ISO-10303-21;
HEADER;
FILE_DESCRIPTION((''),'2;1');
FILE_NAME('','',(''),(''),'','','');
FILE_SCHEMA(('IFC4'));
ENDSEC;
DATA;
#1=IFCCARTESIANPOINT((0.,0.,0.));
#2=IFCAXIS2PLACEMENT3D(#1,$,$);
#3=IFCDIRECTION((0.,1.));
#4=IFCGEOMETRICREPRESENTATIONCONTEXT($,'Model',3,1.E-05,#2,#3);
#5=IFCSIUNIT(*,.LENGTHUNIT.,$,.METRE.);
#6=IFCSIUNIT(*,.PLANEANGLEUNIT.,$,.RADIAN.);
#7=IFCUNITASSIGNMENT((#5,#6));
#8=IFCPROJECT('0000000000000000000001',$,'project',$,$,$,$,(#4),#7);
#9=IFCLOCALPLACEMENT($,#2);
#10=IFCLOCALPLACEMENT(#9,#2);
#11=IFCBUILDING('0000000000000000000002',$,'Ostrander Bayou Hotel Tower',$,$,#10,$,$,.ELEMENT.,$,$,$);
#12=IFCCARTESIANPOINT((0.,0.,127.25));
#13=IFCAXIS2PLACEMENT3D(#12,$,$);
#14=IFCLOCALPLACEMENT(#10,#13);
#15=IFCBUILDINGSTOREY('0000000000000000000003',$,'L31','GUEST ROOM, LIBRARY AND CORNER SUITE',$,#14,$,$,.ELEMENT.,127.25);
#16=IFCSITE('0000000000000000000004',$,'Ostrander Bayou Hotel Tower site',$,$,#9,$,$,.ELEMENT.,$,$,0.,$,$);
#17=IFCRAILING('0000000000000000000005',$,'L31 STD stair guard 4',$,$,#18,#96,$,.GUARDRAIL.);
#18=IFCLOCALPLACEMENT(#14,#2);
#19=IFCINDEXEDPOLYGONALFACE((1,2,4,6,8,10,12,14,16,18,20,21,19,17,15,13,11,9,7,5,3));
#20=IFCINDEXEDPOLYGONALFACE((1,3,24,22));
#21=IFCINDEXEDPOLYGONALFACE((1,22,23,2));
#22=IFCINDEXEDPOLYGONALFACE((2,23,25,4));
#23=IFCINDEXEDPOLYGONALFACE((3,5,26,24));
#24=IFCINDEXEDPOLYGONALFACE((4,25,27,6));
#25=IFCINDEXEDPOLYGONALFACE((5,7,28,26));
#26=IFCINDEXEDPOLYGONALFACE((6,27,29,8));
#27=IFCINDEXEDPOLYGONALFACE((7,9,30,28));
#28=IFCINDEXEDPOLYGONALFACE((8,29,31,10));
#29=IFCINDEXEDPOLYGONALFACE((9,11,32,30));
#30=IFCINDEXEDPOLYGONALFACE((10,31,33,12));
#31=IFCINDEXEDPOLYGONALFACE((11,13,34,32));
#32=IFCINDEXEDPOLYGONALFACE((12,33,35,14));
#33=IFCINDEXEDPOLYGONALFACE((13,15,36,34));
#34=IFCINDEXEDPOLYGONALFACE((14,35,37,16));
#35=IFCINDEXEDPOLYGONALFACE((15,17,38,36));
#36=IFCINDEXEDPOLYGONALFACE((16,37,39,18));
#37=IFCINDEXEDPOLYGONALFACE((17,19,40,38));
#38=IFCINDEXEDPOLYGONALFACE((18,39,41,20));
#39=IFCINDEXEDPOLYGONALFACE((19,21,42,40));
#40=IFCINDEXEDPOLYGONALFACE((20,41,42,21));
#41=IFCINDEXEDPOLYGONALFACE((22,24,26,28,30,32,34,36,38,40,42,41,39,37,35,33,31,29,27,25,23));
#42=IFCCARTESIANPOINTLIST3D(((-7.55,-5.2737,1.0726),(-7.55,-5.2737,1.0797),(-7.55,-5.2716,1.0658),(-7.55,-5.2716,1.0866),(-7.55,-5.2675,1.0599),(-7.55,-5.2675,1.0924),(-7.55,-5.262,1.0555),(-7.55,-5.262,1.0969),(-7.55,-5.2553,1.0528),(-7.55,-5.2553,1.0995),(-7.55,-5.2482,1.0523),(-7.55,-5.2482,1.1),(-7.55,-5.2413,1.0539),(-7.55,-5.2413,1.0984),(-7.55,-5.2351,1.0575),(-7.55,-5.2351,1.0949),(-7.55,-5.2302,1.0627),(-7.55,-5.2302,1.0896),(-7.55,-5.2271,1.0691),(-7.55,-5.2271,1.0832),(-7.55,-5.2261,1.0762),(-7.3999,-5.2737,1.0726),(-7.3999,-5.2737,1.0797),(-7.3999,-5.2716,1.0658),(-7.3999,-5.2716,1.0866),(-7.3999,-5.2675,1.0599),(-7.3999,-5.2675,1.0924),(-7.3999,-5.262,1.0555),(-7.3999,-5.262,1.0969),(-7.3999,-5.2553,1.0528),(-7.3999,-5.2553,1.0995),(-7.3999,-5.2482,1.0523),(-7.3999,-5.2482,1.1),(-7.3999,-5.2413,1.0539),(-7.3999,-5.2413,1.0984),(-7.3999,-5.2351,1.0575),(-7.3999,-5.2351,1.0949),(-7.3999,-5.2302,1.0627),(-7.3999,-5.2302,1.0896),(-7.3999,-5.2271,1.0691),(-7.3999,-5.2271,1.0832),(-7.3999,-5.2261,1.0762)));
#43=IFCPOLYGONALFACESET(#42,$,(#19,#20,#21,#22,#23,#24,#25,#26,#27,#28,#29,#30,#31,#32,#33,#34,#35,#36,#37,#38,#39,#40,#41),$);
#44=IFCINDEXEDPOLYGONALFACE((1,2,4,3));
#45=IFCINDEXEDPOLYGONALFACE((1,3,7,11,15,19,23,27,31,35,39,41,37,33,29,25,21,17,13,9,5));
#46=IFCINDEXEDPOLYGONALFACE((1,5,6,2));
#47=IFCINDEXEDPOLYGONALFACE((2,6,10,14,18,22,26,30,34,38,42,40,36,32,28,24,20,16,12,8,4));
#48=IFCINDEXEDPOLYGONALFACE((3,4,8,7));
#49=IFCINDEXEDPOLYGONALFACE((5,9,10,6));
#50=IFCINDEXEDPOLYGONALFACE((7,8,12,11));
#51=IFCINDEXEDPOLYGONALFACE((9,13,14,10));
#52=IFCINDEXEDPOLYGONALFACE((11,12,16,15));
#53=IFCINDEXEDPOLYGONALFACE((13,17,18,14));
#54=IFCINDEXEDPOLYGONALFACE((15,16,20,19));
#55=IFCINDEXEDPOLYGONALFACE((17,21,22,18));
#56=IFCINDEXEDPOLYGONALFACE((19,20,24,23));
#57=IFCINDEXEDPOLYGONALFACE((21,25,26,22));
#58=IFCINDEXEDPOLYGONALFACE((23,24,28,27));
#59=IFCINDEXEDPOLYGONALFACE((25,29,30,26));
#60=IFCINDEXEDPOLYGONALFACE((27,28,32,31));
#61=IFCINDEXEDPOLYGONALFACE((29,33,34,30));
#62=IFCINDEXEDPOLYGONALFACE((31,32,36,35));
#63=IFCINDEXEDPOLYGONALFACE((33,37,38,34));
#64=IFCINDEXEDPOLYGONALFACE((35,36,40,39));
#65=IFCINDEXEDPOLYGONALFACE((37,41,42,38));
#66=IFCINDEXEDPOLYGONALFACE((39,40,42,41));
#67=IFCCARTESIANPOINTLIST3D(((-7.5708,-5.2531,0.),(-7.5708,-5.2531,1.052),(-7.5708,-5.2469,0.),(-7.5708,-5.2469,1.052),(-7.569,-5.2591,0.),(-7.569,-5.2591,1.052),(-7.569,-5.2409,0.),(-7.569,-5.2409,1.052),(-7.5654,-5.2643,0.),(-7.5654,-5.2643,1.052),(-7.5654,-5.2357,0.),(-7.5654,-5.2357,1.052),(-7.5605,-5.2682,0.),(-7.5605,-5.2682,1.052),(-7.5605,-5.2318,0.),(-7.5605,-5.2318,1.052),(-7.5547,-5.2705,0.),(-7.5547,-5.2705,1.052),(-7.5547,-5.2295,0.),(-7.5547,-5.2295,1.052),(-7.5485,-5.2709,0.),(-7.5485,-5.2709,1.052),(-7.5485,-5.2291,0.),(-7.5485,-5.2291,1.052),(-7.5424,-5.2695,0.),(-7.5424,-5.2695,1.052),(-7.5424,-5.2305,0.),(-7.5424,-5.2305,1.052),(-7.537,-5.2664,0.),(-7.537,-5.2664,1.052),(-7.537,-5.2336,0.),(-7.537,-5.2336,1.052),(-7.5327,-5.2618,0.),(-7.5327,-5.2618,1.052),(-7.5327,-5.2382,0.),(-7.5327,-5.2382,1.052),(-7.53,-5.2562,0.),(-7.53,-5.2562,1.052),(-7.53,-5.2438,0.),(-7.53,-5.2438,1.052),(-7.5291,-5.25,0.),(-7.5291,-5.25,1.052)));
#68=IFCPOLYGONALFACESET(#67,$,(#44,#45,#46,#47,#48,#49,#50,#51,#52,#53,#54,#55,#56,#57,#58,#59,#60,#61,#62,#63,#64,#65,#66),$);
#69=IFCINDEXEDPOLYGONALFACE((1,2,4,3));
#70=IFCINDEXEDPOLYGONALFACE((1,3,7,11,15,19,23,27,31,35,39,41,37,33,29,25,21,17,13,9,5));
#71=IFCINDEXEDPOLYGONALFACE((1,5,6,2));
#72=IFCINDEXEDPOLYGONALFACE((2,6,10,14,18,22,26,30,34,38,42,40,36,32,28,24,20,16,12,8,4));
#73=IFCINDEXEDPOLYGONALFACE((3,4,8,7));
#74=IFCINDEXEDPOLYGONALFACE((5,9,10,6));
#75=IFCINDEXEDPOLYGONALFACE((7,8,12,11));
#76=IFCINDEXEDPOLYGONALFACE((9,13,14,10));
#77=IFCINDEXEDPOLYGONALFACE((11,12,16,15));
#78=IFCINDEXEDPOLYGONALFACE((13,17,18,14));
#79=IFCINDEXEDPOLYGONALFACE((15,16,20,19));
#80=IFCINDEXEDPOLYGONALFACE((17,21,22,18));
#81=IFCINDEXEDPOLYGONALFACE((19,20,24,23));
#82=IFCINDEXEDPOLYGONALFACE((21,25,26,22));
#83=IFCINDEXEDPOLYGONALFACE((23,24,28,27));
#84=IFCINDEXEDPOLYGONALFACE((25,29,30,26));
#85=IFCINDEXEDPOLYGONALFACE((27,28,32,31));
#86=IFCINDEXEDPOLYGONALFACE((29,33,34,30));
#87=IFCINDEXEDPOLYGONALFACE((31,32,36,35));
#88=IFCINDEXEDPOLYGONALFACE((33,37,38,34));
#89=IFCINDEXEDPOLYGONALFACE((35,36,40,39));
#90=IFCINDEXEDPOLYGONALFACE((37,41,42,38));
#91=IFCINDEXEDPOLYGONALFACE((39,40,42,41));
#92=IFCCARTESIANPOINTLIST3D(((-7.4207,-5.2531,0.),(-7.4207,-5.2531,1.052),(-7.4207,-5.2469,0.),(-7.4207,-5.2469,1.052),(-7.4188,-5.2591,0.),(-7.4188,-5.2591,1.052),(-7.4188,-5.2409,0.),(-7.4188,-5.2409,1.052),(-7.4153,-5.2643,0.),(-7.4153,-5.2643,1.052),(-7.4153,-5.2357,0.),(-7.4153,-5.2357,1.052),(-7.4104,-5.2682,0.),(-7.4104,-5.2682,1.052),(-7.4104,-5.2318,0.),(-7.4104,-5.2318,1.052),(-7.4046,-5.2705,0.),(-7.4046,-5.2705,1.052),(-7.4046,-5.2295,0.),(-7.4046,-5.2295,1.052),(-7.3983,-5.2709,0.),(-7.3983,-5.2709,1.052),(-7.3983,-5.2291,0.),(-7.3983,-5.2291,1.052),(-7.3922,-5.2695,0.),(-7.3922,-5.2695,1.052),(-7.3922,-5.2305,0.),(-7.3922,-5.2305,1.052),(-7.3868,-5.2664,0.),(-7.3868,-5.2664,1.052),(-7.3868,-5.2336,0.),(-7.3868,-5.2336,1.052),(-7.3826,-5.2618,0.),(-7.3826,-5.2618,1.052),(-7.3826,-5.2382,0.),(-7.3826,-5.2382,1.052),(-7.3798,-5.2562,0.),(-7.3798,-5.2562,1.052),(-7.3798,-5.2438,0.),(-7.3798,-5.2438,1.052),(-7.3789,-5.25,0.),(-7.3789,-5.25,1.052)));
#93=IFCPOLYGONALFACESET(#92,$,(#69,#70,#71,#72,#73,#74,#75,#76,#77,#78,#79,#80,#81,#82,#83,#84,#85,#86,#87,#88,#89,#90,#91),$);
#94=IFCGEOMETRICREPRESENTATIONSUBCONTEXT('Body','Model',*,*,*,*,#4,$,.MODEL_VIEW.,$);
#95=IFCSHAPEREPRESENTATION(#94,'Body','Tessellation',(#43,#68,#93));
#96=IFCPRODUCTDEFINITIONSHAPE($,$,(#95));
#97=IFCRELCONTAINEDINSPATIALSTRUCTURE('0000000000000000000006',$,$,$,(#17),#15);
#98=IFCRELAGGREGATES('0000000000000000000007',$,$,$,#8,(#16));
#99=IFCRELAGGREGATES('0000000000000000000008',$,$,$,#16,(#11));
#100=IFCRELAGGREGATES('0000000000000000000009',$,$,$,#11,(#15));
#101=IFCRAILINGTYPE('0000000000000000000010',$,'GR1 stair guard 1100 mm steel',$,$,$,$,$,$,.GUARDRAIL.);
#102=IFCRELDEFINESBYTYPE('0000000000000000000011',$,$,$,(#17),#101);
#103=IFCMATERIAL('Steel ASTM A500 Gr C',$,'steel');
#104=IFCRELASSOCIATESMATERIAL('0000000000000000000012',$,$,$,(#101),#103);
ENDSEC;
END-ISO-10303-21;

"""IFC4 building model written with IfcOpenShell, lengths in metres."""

from ifc_helpers import new_model, si_unit, direction, frame, origin, origin_2d, place, context, subcontext, project, spatial, circle, extrude, material, type_object, element, save


model = new_model("IFC4")

# Units and contexts
model_context = context("Model", 3, precision=1e-05, world=origin(), true_north=direction((0.0, 1.0)))
body_context = subcontext(model_context, "Body", "Model", "MODEL_VIEW")
ifc_project = project(units=[si_unit("LENGTHUNIT", "METRE"), si_unit("PLANEANGLEUNIT", "RADIAN")], contexts=[model_context])

# Site, building, storey
site_placement = place(None, origin())
site = spatial("IfcSite", under=ifc_project, at=site_placement, Name="Ostrander Bayou Hotel Tower site", CompositionType="ELEMENT", RefElevation=0.0)
building_placement = place(site_placement, origin())
building = spatial("IfcBuilding", under=site, at=building_placement, Name="Ostrander Bayou Hotel Tower", CompositionType="ELEMENT")
storey_placement = place(building_placement, frame((0.0, 0.0, 127.25)))
storey = spatial("IfcBuildingStorey", under=building, at=storey_placement, Name="L31", Description="GUEST ROOM, LIBRARY AND CORNER SUITE", CompositionType="ELEMENT", Elevation=127.25)

# Railing
ifc_material_1 = material(Name="Steel ASTM A500 Gr C", Category="steel")
railing_type_1 = type_object("IfcRailingType", Name="GR1 stair guard 1100 mm steel", PredefinedType="GUARDRAIL", material=ifc_material_1)
railing_1_placement = place(storey_placement, frame((-7.55, -5.25, 0.0)))
element("IfcRailing", 1, at=railing_1_placement, inside=storey, type_object=railing_type_1, Name="L31 STD stair guard 4", PredefinedType="GUARDRAIL", context=body_context, shape_type="SweptSolid", body=[
    extrude(circle(Radius=0.0239, at=origin_2d()), frame((0.0, 0.0, 1.0762), z_axis=(1.0, 0.0, 0.0), x_axis=(0.0, 1.0, 0.0)), (0.0, 0.0, 1.0), 0.1501),
    extrude(circle(Radius=0.021, at=origin_2d()), origin(), (0.0, 0.0, 1.0), 1.052),
    extrude(circle(Radius=0.021, at=origin_2d()), frame((0.1501, 0.0, 0.0)), (0.0, 0.0, 1.0), 1.052),
])

save(model, "model.ifc")
